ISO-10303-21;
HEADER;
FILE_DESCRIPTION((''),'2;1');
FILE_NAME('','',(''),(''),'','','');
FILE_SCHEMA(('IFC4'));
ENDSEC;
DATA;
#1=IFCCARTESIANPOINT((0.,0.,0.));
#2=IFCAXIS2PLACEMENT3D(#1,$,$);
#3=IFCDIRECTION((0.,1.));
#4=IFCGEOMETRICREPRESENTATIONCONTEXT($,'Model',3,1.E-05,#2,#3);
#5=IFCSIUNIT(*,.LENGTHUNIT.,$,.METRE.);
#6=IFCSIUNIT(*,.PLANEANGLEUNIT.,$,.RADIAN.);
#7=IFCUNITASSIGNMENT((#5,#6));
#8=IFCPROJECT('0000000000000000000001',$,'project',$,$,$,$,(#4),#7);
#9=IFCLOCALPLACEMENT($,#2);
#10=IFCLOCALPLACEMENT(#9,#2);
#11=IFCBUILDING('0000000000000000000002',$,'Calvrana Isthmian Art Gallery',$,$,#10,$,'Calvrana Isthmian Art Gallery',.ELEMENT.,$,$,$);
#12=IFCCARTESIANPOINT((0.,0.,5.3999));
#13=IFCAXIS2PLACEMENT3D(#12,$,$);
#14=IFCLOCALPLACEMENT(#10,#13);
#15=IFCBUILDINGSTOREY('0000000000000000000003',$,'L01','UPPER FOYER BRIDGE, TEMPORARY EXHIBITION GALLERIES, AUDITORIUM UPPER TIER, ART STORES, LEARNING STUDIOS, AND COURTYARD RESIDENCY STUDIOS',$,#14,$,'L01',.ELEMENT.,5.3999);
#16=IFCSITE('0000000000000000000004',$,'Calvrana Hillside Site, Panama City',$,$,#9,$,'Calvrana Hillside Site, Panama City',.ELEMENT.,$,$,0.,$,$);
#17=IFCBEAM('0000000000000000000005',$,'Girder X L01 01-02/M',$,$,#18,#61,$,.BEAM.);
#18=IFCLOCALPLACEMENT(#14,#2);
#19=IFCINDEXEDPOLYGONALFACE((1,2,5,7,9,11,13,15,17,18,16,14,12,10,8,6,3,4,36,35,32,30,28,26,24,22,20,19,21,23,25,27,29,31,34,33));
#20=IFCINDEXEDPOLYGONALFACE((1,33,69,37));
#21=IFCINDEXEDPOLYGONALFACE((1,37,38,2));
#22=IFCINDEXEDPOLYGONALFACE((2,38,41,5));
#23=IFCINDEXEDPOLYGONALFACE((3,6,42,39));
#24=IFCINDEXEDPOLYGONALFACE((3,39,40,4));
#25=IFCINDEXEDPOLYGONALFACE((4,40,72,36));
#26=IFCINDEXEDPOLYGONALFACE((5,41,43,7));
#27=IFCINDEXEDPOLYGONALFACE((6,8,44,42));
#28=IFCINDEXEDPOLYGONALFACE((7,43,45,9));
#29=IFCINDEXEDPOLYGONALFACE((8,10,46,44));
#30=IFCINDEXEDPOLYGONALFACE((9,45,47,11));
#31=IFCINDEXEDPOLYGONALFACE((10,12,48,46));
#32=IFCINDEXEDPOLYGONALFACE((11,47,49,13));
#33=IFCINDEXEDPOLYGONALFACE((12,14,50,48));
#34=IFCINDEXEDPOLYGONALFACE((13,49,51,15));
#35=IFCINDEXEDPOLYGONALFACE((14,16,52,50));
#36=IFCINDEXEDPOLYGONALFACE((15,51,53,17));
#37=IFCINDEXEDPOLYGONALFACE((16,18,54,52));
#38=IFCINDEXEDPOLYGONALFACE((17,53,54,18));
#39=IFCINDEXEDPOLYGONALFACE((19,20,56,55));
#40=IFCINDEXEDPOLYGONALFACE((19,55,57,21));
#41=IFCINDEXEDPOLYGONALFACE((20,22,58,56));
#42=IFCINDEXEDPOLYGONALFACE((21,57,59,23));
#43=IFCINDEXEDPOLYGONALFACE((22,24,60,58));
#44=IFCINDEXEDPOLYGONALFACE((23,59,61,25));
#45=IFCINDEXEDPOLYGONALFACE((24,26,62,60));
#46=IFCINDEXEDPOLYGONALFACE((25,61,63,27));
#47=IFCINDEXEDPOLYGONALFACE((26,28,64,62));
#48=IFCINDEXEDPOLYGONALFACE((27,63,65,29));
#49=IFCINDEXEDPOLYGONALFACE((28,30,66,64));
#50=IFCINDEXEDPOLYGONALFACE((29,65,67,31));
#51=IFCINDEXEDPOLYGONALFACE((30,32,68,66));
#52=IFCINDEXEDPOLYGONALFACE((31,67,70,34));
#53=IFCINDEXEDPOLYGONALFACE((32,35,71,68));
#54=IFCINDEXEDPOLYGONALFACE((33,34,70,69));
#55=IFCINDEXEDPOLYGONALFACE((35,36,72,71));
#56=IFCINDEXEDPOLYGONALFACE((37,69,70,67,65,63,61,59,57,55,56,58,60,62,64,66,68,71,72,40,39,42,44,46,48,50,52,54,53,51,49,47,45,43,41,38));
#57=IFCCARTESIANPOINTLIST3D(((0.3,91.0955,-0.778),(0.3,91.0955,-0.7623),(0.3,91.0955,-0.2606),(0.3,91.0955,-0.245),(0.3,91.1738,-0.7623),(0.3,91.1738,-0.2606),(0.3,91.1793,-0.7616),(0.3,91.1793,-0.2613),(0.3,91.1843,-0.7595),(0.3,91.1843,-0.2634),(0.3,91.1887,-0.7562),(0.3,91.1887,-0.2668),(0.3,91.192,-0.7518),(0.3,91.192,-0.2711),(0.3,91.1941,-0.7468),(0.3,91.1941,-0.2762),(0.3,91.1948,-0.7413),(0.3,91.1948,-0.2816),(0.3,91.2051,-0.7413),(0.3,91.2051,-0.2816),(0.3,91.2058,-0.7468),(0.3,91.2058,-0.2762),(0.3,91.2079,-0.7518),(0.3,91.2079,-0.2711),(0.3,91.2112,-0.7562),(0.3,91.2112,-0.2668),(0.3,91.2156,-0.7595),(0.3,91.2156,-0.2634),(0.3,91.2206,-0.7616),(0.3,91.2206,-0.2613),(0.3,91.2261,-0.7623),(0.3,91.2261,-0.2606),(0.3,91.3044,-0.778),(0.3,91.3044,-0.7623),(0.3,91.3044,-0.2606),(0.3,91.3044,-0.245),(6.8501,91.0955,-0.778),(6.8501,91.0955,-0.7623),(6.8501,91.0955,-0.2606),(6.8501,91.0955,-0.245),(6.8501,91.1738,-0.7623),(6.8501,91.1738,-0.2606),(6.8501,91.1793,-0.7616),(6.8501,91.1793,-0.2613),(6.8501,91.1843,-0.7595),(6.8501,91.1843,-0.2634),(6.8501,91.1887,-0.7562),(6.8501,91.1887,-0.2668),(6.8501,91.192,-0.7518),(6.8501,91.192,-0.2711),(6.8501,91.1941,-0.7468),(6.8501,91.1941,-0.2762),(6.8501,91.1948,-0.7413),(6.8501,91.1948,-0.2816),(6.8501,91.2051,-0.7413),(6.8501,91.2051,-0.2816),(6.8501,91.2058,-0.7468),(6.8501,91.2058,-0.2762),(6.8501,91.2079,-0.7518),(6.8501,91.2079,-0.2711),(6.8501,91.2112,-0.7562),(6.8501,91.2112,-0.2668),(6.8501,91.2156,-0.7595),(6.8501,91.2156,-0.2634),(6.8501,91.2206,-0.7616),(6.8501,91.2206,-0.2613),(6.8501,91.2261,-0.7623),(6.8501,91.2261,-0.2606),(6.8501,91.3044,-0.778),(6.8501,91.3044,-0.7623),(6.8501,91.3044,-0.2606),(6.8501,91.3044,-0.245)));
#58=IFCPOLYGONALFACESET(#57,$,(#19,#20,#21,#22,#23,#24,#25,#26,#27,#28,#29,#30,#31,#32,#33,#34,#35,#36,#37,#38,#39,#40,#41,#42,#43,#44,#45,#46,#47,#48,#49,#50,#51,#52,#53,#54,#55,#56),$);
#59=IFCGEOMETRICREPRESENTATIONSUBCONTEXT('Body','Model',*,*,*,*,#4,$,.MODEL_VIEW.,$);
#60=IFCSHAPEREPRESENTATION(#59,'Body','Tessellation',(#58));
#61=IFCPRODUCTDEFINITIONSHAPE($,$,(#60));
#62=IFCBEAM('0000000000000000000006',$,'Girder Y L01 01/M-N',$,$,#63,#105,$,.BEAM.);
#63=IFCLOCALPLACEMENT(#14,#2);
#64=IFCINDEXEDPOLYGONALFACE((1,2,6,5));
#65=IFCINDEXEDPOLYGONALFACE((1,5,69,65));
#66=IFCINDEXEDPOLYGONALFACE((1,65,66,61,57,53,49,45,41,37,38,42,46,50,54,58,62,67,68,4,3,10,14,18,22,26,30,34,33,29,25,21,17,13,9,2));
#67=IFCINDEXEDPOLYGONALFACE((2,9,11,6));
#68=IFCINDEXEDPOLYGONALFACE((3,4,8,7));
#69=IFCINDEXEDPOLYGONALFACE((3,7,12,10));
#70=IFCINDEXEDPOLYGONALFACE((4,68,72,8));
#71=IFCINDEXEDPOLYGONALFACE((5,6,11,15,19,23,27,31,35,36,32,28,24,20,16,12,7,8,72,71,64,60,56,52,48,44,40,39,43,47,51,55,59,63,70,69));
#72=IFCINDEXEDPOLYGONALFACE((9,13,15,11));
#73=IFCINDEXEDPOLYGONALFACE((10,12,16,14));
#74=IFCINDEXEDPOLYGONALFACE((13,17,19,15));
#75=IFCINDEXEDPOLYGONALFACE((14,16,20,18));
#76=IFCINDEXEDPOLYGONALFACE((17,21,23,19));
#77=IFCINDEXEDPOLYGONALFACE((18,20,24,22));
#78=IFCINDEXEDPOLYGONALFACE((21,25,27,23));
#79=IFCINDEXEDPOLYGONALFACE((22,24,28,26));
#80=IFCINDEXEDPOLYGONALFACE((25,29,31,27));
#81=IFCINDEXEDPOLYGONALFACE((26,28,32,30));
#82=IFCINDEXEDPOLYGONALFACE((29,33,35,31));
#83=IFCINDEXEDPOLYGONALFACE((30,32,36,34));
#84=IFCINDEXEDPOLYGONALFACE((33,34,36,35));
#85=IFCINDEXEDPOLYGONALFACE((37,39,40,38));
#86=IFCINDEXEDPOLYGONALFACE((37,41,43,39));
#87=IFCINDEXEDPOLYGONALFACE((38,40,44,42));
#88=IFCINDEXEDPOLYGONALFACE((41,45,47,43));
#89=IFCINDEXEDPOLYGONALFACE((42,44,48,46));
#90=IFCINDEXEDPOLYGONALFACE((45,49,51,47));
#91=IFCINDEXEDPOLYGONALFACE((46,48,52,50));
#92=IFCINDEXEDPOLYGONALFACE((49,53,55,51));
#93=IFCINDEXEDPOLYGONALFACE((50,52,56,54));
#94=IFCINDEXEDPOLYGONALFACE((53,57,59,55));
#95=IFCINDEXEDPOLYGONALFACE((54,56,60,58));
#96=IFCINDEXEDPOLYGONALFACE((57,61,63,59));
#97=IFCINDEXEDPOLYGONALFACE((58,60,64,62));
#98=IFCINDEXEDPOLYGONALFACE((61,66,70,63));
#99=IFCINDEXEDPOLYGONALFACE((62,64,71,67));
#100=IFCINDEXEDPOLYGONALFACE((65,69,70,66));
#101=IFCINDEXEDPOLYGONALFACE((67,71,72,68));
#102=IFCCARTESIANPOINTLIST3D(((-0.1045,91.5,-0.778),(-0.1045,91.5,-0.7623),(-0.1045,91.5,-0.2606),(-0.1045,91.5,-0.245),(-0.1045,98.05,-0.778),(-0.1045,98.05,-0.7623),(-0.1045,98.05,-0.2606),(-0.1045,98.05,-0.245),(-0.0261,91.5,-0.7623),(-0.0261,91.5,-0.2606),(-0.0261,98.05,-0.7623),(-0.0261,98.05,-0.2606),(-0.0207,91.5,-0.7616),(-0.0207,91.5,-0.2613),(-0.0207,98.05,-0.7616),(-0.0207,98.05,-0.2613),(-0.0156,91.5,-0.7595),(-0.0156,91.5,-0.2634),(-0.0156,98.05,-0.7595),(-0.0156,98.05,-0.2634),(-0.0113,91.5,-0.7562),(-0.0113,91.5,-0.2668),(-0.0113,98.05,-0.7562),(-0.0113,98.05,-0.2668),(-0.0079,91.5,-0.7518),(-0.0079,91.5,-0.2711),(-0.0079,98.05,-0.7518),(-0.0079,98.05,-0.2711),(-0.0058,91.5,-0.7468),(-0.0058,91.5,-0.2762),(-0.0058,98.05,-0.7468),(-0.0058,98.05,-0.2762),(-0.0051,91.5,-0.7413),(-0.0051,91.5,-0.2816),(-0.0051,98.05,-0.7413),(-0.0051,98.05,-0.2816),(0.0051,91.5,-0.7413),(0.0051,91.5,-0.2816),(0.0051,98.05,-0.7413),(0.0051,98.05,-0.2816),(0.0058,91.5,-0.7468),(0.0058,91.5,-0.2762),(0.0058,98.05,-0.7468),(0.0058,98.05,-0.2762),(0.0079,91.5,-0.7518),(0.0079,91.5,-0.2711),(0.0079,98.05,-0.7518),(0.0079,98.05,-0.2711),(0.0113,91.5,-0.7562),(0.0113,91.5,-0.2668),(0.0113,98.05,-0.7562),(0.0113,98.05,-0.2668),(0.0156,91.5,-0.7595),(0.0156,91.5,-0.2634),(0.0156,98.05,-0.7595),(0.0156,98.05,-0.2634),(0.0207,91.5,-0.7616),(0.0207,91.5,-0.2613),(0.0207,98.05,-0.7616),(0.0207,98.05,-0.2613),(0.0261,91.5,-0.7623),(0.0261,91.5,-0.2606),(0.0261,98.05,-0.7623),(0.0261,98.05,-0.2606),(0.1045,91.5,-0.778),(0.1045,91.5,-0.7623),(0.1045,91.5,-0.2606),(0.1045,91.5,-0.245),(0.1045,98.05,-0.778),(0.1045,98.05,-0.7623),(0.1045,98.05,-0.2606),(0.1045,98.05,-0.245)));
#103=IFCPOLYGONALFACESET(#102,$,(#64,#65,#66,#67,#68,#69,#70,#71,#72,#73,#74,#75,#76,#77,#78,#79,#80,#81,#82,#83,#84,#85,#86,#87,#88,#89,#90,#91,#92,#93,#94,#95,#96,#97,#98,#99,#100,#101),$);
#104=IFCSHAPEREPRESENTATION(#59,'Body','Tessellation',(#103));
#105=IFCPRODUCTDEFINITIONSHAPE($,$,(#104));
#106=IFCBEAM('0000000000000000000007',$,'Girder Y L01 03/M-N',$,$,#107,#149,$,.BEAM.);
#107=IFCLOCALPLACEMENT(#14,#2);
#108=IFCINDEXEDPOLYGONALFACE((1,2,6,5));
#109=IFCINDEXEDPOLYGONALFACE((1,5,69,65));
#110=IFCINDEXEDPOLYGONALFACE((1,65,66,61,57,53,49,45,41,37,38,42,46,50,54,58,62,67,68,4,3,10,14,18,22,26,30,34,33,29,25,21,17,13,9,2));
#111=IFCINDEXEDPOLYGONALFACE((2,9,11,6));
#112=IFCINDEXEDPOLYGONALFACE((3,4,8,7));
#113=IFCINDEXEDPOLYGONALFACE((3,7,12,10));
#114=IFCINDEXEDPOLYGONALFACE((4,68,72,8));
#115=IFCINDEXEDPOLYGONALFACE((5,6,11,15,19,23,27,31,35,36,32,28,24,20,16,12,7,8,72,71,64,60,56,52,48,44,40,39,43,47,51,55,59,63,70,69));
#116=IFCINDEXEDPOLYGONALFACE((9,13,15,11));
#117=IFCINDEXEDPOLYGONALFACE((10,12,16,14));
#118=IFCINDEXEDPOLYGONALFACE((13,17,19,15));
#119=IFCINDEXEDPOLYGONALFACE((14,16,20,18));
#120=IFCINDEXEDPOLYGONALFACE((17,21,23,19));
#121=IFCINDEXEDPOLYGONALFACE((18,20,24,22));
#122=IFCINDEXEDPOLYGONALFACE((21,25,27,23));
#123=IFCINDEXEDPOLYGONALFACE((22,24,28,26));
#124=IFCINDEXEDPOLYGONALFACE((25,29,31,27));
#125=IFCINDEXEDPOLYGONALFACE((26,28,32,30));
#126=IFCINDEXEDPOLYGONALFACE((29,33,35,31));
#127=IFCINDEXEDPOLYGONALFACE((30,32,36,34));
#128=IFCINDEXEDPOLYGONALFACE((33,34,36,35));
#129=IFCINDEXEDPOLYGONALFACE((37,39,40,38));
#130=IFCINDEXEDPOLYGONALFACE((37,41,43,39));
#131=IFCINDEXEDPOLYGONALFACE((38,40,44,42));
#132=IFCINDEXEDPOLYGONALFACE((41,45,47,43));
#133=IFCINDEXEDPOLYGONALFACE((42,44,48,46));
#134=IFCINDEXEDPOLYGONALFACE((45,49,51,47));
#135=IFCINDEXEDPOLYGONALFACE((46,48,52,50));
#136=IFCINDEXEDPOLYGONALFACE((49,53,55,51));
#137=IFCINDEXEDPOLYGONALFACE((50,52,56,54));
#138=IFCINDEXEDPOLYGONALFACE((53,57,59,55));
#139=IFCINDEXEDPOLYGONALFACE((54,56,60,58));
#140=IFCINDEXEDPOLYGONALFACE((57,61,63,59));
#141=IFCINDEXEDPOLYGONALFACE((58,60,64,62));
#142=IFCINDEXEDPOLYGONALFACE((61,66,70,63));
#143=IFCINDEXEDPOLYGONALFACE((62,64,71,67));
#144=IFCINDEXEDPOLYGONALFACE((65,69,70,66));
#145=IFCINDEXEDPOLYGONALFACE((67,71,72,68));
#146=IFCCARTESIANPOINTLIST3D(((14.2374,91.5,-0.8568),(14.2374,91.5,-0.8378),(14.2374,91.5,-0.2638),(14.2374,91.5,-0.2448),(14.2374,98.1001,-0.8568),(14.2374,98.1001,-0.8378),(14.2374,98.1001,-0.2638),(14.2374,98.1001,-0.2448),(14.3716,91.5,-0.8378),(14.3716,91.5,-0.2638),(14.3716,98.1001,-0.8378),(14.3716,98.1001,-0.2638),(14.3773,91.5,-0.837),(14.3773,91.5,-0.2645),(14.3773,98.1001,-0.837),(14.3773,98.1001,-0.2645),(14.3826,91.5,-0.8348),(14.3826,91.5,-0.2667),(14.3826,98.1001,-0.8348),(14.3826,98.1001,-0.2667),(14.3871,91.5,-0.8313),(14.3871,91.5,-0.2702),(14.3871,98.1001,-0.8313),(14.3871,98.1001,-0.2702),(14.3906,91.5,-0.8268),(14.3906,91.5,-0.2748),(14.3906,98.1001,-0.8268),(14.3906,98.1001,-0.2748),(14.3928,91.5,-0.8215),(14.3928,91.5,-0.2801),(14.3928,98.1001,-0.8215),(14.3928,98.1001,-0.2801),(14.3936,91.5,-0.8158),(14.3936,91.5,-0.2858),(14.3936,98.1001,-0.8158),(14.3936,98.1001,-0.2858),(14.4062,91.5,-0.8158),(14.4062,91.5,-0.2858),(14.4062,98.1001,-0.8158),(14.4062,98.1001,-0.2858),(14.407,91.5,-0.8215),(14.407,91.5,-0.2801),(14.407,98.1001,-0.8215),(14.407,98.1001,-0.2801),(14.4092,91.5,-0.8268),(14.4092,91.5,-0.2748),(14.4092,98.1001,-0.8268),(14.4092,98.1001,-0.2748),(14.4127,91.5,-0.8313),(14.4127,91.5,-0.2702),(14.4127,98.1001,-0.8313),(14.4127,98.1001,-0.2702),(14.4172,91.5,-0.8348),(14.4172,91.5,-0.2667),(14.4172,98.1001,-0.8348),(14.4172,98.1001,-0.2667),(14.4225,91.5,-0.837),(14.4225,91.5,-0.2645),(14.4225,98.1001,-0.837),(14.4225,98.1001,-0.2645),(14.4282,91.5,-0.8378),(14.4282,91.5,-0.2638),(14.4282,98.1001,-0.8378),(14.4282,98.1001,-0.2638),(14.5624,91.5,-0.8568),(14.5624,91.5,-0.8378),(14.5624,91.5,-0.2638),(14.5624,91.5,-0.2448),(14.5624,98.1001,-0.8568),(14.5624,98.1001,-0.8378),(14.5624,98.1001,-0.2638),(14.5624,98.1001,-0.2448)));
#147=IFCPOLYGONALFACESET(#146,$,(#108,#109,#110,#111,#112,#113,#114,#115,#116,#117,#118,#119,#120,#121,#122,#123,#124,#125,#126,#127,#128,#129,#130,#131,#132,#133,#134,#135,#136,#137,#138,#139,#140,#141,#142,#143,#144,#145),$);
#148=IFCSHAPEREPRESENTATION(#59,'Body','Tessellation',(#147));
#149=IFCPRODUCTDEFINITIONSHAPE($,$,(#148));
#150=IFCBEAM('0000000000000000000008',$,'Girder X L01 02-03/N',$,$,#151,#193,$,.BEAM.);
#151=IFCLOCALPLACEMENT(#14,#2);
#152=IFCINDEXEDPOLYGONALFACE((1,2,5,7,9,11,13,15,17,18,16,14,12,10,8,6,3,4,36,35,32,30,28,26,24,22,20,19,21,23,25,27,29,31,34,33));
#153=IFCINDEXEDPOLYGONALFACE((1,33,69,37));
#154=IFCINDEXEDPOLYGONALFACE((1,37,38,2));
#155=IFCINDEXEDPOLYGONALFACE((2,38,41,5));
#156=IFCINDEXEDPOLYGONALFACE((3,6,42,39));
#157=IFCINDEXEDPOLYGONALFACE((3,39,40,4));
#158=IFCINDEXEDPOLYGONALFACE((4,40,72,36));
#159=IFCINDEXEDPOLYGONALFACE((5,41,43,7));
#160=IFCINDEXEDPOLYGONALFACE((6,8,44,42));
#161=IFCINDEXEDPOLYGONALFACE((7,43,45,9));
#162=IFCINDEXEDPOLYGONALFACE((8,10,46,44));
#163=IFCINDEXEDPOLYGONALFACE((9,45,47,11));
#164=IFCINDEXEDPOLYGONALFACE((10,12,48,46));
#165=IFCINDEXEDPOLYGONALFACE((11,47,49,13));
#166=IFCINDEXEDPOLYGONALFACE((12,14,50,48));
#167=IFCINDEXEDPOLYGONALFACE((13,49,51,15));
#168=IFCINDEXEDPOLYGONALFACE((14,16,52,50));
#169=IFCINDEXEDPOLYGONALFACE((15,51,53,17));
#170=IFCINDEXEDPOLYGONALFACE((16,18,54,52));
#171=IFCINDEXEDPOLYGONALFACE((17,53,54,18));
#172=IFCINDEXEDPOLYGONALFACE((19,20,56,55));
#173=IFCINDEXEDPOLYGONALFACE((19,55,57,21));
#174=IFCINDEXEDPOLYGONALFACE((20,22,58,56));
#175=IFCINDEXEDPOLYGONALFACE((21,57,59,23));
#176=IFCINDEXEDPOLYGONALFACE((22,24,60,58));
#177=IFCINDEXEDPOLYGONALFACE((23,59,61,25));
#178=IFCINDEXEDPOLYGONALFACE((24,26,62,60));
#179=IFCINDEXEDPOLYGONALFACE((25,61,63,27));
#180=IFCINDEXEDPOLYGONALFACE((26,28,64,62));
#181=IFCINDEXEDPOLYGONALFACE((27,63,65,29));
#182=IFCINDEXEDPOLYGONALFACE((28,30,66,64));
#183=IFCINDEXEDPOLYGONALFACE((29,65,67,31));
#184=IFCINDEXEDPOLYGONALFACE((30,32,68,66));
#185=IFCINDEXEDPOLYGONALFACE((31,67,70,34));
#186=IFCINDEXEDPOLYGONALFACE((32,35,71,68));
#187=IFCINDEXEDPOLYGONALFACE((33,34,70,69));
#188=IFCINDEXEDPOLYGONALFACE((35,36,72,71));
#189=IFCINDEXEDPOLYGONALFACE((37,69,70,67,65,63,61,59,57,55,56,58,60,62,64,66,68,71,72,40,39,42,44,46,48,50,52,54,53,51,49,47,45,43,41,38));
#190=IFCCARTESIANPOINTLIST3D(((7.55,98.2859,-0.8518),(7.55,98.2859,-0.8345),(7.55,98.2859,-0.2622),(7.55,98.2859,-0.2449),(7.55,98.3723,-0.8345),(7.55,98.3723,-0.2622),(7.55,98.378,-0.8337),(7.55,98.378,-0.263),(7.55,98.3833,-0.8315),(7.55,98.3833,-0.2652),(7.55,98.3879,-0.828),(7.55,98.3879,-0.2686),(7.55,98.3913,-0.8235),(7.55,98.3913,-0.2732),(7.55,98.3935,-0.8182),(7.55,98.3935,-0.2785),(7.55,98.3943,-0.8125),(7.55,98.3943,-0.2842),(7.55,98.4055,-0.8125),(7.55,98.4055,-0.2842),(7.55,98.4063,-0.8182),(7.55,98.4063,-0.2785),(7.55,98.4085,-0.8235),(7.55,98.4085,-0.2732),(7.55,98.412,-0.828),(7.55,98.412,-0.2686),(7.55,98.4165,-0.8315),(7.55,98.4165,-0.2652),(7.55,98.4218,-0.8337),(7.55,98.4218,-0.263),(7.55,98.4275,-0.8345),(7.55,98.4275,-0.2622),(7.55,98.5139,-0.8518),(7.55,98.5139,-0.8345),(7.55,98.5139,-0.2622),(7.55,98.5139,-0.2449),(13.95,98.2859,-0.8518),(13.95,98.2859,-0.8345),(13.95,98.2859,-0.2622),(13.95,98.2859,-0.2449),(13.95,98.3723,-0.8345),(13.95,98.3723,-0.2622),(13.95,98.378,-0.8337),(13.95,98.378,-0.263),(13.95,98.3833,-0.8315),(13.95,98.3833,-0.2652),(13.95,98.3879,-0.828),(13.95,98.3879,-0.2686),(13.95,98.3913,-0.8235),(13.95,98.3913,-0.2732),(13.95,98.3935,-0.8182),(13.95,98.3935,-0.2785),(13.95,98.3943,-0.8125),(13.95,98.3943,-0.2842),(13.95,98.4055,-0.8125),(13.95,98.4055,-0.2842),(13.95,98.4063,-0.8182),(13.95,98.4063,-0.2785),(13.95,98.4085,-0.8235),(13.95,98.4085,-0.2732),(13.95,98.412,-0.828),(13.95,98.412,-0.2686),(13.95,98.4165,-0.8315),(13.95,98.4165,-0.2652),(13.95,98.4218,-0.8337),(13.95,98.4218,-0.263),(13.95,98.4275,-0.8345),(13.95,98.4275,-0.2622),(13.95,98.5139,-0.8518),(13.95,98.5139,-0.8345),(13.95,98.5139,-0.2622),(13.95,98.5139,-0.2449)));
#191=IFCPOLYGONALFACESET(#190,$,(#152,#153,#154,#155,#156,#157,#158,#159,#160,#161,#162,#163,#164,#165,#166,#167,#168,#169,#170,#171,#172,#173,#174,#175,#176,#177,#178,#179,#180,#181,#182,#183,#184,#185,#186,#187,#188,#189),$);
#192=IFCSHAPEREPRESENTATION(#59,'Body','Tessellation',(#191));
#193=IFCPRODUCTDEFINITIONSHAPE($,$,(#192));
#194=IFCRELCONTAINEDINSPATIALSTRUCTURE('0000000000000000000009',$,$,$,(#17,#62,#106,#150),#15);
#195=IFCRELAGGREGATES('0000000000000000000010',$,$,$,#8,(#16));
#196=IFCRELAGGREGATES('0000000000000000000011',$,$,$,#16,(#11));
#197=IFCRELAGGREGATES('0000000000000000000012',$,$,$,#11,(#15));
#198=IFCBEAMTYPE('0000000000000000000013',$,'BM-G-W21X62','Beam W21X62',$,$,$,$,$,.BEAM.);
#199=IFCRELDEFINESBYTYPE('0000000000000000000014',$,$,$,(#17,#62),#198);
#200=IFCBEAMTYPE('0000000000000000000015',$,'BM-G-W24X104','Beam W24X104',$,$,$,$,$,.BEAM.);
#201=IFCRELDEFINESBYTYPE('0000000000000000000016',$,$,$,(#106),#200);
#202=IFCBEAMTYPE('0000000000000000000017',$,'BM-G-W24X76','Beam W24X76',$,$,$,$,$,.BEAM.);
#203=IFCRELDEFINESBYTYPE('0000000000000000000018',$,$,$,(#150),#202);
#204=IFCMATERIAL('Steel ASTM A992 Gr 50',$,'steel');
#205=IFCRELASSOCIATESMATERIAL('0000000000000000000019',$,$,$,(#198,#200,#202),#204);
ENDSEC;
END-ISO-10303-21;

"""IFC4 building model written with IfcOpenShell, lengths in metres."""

from ifc_helpers import new_model, si_unit, direction, frame, origin, origin_2d, place, context, subcontext, project, spatial, i_section, extrude, material, material_profile, profile_set, type_object, element, save


model = new_model("IFC4")

# Units and contexts
model_context = context("Model", 3, precision=1e-05, world=origin(), true_north=direction((0.0, 1.0)))
body_context = subcontext(model_context, "Body", "Model", "MODEL_VIEW")
ifc_project = project(units=[si_unit("LENGTHUNIT", "METRE"), si_unit("PLANEANGLEUNIT", "RADIAN")], contexts=[model_context])

# Site, building, storey
site_placement = place(None, origin())
site = spatial("IfcSite", under=ifc_project, at=site_placement, Name="Calvrana Hillside Site, Panama City", LongName="Calvrana Hillside Site, Panama City", CompositionType="ELEMENT", RefElevation=0.0)
building_placement = place(site_placement, origin())
building = spatial("IfcBuilding", under=site, at=building_placement, Name="Calvrana Isthmian Art Gallery", LongName="Calvrana Isthmian Art Gallery", CompositionType="ELEMENT")
storey_placement = place(building_placement, frame((0.0, 0.0, 5.3999)))
storey = spatial("IfcBuildingStorey", under=building, at=storey_placement, Name="L01", Description="UPPER FOYER BRIDGE, TEMPORARY EXHIBITION GALLERIES, AUDITORIUM UPPER TIER, ART STORES, LEARNING STUDIOS, AND COURTYARD RESIDENCY STUDIOS", LongName="L01", CompositionType="ELEMENT", Elevation=5.3999)

# Beams
ifc_material_1 = material(Name="Steel ASTM A992 Gr 50", Category="steel")
ifc_material_profile_1 = material_profile(ifc_material_1, i_section(OverallWidth=0.209, OverallDepth=0.533, WebThickness=0.0103, FlangeThickness=0.0156, FilletRadius=0.021, at=origin_2d()), Name="W21X62")
ifc_profile_set_1 = profile_set([ifc_material_profile_1], Name="Steel ASTM A992 Gr 50")
beam_type_1 = type_object("IfcBeamType", Name="BM-G-W21X62", Description="Beam W21X62", PredefinedType="BEAM", material=ifc_profile_set_1)
for number, where, z_axis, x_axis, name in (
    (1, (0.3, 91.2, -0.5115), (1.0, 0.0, 0.0), (0.0, 1.0, 0.0), "Girder X L01 01-02/M"),
    (2, (0.0, 91.5, -0.5115), (0.0, 1.0, 0.0), (-1.0, 0.0, 0.0), "Girder Y L01 01/M-N"),
):
    element("IfcBeam", number, at=place(storey_placement, frame(where, z_axis=z_axis, x_axis=x_axis)), inside=storey, type_object=beam_type_1, Name=name, PredefinedType="BEAM", context=body_context, shape_type="SweptSolid", body=[
        extrude(i_section(OverallWidth=0.209, OverallDepth=0.533, WebThickness=0.0103, FlangeThickness=0.0156, FilletRadius=0.021, at=origin_2d()), origin(), (0.0, 0.0, 1.0), 6.55),
    ])
ifc_material_profile_2 = material_profile(ifc_material_1, i_section(OverallWidth=0.325, OverallDepth=0.6121, WebThickness=0.0127, FlangeThickness=0.019, FilletRadius=0.022, at=origin_2d()), Name="W24X104")
ifc_profile_set_2 = profile_set([ifc_material_profile_2], Name="Steel ASTM A992 Gr 50")
beam_type_2 = type_object("IfcBeamType", Name="BM-G-W24X104", Description="Beam W24X104", PredefinedType="BEAM", material=ifc_profile_set_2)
beam_1_placement = place(storey_placement, frame((14.3999, 91.5, -0.5508), z_axis=(0.0, 1.0, 0.0), x_axis=(-1.0, 0.0, 0.0)))
element("IfcBeam", 3, at=beam_1_placement, inside=storey, type_object=beam_type_2, Name="Girder Y L01 03/M-N", PredefinedType="BEAM", context=body_context, shape_type="SweptSolid", body=[
    extrude(i_section(OverallWidth=0.325, OverallDepth=0.6121, WebThickness=0.0127, FlangeThickness=0.019, FilletRadius=0.022, at=origin_2d()), origin(), (0.0, 0.0, 1.0), 6.6001),
])
ifc_material_profile_3 = material_profile(ifc_material_1, i_section(OverallWidth=0.228, OverallDepth=0.6069, WebThickness=0.0112, FlangeThickness=0.0173, FilletRadius=0.022, at=origin_2d()), Name="W24X76")
ifc_profile_set_3 = profile_set([ifc_material_profile_3], Name="Steel ASTM A992 Gr 50")
beam_type_3 = type_object("IfcBeamType", Name="BM-G-W24X76", Description="Beam W24X76", PredefinedType="BEAM", material=ifc_profile_set_3)
beam_2_placement = place(storey_placement, frame((7.55, 98.3999, -0.5483), z_axis=(1.0, 0.0, 0.0), x_axis=(0.0, 1.0, 0.0)))
element("IfcBeam", 4, at=beam_2_placement, inside=storey, type_object=beam_type_3, Name="Girder X L01 02-03/N", PredefinedType="BEAM", context=body_context, shape_type="SweptSolid", body=[
    extrude(i_section(OverallWidth=0.228, OverallDepth=0.6069, WebThickness=0.0112, FlangeThickness=0.0173, FilletRadius=0.022, at=origin_2d()), origin(), (0.0, 0.0, 1.0), 6.3999),
])

save(model, "model.ifc")
